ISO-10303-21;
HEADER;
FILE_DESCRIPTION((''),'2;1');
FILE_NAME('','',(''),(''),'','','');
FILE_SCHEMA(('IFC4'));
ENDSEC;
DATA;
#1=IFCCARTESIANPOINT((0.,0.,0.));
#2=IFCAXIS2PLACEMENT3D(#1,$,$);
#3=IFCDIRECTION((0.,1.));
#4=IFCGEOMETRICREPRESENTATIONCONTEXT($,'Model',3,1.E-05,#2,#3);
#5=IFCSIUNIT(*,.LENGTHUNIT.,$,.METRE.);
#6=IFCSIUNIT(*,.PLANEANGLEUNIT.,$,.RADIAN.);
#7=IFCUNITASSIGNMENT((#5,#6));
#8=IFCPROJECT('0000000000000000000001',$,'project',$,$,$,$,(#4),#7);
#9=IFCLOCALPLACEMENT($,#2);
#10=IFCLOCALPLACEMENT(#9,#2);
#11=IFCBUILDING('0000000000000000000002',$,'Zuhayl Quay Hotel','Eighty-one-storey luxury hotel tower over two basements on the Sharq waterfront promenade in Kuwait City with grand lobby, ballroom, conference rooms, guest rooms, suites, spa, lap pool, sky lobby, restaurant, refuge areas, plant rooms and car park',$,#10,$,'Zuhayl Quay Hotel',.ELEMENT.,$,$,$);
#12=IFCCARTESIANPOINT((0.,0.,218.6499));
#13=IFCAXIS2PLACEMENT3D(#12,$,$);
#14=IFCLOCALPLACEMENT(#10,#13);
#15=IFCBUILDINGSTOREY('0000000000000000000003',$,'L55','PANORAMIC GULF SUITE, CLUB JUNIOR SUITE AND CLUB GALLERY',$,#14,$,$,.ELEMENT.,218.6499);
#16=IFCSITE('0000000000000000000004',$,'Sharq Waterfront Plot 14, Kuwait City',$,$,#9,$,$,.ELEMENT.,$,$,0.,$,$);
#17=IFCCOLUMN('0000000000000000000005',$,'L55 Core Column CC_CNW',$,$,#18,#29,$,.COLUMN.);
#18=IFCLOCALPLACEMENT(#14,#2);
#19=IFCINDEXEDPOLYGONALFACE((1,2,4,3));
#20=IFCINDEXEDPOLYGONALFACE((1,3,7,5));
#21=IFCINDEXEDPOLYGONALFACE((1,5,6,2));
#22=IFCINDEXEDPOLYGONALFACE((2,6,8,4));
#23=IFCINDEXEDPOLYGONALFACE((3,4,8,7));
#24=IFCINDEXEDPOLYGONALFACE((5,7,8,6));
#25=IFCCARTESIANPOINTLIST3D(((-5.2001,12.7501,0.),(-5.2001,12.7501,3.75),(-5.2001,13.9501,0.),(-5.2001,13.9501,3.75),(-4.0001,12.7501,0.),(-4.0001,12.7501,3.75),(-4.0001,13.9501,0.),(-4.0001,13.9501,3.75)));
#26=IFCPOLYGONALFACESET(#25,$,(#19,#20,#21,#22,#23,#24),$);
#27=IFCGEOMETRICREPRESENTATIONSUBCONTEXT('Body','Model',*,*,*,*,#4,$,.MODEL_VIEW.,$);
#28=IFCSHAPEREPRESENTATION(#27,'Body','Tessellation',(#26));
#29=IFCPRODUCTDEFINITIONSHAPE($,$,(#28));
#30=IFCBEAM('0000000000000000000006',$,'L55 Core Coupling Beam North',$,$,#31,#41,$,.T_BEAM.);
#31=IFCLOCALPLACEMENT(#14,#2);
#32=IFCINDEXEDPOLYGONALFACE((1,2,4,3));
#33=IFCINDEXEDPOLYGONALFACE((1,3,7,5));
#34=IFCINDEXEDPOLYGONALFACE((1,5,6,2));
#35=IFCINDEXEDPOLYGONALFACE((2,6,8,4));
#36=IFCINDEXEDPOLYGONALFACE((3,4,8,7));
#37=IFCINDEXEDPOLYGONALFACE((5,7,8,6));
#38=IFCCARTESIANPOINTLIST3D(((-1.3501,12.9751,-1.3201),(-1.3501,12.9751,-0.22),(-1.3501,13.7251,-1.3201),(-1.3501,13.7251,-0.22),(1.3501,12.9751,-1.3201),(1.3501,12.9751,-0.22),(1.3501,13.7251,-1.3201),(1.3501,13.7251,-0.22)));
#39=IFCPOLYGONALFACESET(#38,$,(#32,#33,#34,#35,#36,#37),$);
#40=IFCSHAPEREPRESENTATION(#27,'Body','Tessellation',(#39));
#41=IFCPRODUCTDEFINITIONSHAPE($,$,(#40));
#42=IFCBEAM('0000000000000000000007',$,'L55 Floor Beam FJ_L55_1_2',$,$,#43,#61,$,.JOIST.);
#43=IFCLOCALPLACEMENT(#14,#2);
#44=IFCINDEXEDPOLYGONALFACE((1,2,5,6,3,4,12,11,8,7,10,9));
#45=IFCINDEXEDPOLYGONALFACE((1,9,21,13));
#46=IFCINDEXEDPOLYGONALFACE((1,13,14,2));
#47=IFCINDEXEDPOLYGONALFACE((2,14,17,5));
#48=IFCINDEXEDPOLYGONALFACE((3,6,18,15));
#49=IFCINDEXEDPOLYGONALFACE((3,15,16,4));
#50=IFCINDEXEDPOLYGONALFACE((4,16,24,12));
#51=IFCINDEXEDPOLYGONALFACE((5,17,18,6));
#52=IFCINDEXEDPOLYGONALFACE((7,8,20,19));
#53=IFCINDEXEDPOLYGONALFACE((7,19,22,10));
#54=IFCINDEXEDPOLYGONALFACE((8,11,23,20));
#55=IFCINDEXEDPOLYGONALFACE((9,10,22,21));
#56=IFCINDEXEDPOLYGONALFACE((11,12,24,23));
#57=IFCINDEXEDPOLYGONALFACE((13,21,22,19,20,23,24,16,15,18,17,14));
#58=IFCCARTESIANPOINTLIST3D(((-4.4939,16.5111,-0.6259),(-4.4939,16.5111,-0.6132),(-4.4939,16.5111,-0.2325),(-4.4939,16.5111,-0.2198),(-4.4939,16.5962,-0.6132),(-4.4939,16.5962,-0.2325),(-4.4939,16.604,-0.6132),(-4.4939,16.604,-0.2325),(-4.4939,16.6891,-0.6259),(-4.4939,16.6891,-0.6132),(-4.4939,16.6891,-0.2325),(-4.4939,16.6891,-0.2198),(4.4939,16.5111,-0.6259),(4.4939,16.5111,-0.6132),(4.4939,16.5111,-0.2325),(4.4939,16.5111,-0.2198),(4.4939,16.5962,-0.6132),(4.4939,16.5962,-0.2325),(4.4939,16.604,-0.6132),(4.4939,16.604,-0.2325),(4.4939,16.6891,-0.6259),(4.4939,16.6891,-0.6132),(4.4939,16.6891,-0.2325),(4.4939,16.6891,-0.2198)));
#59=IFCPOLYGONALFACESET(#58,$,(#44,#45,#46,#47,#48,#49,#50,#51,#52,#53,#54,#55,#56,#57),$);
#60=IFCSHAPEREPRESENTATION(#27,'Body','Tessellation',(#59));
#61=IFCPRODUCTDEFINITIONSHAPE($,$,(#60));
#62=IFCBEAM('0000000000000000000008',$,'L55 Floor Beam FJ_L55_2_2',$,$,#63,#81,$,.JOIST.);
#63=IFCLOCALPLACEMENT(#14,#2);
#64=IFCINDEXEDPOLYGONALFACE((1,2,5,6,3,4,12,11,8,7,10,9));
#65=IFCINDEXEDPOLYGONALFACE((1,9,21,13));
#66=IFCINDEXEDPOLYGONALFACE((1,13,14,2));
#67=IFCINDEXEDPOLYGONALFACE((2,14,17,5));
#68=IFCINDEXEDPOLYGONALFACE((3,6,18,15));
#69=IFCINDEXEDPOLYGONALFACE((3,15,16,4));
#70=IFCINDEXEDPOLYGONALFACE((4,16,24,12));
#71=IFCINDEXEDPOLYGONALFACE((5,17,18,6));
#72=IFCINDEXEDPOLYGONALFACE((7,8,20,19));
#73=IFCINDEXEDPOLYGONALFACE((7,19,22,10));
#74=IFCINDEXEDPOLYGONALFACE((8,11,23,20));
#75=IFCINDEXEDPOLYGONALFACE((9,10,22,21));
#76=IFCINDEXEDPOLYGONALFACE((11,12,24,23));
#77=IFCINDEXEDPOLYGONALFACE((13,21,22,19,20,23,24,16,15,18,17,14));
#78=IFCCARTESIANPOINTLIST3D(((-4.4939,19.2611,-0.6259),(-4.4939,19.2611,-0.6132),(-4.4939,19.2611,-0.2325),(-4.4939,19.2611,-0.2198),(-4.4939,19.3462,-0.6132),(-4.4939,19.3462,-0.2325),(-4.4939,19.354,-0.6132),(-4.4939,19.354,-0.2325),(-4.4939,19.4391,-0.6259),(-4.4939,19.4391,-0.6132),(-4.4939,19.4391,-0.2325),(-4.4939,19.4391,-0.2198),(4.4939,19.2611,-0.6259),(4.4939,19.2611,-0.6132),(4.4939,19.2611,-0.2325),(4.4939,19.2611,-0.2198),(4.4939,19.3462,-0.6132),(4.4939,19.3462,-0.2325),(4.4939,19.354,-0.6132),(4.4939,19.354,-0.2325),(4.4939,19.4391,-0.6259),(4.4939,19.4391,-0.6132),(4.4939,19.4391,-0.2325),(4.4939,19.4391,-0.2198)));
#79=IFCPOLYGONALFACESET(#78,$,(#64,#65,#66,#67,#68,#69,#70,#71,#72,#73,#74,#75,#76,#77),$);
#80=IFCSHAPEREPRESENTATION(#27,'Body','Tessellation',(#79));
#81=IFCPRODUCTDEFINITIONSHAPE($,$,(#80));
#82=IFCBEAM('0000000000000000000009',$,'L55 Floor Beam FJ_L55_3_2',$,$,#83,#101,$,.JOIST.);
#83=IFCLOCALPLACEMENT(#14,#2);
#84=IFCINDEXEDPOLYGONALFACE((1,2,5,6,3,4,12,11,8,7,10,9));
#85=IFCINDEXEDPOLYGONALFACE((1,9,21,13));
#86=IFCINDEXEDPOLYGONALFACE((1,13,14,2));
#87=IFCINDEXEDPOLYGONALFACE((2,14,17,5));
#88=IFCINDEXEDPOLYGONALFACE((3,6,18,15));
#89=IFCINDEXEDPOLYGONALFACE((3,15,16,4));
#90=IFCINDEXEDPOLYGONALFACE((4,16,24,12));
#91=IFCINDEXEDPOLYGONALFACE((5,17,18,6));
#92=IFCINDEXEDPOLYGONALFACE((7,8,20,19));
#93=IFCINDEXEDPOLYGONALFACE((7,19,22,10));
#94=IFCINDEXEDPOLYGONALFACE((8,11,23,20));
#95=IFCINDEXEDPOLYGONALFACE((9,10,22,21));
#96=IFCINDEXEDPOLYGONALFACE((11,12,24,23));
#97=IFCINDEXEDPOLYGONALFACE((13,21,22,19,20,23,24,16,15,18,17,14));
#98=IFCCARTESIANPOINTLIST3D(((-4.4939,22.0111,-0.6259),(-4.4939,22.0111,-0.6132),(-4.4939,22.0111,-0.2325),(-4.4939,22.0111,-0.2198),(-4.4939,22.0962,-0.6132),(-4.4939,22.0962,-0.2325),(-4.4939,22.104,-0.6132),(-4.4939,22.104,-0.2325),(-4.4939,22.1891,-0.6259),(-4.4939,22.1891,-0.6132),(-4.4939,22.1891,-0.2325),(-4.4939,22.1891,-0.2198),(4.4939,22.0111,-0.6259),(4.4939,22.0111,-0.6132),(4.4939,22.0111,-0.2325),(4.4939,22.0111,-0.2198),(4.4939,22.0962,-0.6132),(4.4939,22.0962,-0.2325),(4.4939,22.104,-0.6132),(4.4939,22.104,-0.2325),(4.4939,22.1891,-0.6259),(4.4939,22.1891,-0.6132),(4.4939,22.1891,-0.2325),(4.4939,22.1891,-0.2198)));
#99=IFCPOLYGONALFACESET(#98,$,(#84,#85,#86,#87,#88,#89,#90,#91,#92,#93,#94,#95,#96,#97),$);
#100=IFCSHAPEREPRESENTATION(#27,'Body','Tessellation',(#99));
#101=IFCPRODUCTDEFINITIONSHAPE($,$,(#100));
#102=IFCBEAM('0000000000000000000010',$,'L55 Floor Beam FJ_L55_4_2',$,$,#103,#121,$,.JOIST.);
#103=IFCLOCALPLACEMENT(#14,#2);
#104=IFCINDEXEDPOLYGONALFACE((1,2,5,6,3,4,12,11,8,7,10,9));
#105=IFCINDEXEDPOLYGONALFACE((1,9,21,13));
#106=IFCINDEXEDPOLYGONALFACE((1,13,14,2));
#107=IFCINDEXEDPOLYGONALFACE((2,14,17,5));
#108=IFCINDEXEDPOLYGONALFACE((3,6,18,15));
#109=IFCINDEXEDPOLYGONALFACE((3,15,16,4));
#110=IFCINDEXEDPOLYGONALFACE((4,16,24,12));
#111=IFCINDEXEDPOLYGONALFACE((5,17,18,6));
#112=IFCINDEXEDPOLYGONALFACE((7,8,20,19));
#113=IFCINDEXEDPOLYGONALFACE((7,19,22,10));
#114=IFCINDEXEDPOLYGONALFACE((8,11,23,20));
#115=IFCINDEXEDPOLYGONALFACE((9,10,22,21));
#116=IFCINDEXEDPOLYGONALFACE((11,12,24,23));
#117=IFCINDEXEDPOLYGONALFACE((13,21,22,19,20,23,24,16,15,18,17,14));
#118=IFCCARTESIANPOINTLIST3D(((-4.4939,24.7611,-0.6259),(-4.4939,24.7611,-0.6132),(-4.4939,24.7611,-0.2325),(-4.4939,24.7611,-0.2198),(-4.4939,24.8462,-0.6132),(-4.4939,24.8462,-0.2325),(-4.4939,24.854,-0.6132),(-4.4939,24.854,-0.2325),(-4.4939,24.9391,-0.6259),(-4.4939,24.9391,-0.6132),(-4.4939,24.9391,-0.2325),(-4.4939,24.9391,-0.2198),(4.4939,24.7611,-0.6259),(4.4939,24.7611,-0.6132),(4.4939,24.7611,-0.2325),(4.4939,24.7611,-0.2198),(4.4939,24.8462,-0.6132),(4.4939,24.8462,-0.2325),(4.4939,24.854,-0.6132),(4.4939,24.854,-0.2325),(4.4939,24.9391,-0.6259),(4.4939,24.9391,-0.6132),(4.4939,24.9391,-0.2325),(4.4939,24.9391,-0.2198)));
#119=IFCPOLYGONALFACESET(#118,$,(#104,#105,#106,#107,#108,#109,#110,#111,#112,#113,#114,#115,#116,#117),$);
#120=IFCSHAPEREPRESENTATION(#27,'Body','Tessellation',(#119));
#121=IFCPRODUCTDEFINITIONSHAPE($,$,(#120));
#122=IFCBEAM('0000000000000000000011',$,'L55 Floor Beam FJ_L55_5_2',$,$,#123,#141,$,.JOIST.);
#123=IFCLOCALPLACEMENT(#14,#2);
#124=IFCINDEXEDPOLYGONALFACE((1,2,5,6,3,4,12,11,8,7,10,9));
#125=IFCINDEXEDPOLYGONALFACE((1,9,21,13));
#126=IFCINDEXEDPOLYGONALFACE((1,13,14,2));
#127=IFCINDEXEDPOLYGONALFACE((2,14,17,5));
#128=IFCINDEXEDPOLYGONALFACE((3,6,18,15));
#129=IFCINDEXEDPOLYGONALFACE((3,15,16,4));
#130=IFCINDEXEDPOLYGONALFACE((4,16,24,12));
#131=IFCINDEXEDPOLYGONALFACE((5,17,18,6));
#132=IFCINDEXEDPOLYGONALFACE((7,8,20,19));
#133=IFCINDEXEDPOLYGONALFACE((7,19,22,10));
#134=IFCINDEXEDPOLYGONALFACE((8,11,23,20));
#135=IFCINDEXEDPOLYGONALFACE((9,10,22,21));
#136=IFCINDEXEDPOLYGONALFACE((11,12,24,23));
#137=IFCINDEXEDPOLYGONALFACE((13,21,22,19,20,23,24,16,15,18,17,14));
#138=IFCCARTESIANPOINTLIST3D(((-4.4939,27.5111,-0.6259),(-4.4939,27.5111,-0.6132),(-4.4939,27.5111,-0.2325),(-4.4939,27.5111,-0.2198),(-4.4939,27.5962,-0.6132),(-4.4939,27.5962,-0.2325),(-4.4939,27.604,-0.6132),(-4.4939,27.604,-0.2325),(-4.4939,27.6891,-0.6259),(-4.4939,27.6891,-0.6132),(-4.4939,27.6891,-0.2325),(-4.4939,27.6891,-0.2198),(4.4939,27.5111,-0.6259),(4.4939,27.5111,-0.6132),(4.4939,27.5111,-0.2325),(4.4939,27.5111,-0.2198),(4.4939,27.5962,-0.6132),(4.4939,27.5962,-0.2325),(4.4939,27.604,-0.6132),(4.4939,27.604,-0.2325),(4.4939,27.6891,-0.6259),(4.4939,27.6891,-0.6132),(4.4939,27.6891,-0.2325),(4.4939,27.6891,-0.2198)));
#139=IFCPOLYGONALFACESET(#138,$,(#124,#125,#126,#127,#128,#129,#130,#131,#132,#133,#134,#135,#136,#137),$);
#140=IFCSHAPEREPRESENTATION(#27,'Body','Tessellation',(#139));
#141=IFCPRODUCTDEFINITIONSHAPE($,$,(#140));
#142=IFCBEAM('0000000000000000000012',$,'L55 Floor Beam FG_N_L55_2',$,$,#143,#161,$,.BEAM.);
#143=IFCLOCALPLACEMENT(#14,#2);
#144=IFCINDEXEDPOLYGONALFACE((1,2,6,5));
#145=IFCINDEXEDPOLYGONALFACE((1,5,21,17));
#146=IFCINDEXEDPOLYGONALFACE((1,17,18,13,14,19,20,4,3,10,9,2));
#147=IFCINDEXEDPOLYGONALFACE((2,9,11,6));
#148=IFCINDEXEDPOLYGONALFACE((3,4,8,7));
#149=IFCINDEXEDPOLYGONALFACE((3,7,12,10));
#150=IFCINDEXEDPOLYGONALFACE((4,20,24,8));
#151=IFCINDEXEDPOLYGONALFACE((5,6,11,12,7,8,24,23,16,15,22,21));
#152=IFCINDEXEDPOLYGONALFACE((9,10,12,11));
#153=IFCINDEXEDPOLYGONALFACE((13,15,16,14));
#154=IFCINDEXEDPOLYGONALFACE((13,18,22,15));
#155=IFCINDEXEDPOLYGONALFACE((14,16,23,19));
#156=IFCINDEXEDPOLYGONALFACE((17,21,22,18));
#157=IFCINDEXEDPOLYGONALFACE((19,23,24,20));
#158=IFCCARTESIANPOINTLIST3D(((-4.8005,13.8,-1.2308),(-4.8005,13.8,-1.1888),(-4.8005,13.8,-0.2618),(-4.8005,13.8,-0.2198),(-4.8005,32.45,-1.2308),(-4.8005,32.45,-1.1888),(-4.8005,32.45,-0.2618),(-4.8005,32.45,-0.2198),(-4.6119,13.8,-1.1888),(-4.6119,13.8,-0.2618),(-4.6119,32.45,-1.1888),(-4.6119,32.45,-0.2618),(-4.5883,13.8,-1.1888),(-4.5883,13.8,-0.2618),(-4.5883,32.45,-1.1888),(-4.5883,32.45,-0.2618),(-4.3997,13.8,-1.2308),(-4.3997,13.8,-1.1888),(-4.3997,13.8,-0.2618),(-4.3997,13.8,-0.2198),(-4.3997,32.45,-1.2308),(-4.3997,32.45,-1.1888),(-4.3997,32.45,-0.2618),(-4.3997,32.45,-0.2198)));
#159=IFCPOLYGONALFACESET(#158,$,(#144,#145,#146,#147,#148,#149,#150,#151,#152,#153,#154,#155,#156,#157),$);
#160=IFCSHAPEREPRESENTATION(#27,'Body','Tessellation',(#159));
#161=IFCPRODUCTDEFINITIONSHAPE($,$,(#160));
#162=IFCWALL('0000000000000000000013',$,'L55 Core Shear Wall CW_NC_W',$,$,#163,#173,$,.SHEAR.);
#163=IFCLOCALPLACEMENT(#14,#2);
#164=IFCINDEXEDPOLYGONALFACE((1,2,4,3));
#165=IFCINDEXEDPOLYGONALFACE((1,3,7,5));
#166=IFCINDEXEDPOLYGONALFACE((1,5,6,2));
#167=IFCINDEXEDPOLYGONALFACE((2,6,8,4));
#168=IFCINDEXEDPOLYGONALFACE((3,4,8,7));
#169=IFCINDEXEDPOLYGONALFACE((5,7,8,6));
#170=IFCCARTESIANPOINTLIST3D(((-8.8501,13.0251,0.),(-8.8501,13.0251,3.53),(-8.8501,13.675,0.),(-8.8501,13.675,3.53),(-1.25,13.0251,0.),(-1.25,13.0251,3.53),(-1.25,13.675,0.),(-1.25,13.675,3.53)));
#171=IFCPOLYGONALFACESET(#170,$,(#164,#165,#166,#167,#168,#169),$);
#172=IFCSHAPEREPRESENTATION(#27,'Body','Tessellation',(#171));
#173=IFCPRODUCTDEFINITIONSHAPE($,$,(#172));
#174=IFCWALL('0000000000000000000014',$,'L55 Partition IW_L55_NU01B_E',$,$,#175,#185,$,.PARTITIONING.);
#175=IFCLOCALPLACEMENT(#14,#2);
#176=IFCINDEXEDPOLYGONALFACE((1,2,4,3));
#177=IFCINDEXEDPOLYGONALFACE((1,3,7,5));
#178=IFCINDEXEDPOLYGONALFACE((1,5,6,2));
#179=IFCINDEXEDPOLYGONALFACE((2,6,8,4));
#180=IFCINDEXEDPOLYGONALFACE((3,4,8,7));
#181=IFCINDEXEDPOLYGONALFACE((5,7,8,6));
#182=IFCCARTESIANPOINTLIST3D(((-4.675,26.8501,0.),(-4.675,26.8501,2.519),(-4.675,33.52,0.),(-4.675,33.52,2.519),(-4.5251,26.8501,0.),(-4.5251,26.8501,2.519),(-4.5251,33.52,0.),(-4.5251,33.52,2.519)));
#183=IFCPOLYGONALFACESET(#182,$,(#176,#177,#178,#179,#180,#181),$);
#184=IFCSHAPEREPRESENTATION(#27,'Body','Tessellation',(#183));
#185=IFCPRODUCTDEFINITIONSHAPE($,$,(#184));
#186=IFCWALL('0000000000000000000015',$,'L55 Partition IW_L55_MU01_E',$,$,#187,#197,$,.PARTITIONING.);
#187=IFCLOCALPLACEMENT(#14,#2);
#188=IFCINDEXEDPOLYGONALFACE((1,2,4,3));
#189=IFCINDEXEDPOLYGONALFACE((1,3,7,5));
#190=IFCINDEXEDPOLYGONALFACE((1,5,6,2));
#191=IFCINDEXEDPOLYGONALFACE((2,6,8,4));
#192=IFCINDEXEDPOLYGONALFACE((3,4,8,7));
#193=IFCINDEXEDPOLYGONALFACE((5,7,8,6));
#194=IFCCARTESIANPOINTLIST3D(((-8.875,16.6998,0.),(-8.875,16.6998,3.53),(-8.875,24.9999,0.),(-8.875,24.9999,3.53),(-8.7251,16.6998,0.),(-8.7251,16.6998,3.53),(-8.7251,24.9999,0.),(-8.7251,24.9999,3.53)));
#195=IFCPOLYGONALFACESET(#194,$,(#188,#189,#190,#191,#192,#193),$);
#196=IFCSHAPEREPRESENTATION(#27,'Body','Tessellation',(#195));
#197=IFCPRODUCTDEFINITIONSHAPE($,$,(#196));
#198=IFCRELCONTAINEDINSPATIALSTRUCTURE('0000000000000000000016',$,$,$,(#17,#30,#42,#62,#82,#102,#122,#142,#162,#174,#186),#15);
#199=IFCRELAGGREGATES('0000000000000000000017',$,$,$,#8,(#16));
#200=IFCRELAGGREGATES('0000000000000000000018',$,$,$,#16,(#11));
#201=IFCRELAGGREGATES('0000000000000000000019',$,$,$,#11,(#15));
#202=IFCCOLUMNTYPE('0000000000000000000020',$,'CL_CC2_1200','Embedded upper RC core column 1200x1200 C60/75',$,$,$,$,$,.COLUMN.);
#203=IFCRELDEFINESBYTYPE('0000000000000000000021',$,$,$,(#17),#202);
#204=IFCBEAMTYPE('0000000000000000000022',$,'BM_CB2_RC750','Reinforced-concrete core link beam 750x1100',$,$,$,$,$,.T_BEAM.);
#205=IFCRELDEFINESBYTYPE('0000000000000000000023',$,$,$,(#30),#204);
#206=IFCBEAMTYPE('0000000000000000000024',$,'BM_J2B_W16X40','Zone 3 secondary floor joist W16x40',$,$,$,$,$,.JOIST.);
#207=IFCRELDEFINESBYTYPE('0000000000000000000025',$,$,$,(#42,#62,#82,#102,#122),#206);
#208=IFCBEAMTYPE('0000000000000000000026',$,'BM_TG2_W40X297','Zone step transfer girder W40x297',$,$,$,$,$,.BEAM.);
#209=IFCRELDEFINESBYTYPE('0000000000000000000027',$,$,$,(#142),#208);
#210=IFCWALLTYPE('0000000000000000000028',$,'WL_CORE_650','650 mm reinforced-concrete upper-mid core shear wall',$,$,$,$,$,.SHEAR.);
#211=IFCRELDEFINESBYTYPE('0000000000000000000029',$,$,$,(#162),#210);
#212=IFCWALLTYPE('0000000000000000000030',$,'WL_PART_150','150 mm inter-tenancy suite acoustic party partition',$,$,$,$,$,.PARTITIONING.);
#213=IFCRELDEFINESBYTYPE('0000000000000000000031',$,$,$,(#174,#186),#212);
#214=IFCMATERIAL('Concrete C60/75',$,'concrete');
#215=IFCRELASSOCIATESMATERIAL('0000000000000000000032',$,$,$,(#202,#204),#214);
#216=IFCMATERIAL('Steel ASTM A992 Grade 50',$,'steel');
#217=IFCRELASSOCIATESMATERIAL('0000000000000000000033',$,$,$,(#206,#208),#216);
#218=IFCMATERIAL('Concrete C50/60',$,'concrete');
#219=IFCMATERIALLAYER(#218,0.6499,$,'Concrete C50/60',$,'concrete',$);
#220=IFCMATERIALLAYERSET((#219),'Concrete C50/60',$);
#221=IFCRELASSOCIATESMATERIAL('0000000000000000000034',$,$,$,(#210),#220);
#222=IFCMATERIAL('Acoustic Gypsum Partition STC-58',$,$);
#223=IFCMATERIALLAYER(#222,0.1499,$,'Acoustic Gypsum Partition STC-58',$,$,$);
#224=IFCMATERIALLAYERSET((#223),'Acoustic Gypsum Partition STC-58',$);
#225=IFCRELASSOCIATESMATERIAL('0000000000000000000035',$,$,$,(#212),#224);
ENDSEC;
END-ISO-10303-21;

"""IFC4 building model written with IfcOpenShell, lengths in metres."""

from ifc_helpers import new_model, si_unit, direction, frame, frame_2d, origin, origin_2d, place, context, subcontext, project, spatial, rectangle, i_section, extrude, material, layer, layer_set, material_profile, profile_set, type_object, element, save


model = new_model("IFC4")

# Units and contexts
model_context = context("Model", 3, precision=1e-05, world=origin(), true_north=direction((0.0, 1.0)))
body_context = subcontext(model_context, "Body", "Model", "MODEL_VIEW")
ifc_project = project(units=[si_unit("LENGTHUNIT", "METRE"), si_unit("PLANEANGLEUNIT", "RADIAN")], contexts=[model_context])

# Site, building, storey
site_placement = place(None, origin())
site = spatial("IfcSite", under=ifc_project, at=site_placement, Name="Sharq Waterfront Plot 14, Kuwait City", CompositionType="ELEMENT", RefElevation=0.0)
building_placement = place(site_placement, origin())
building = spatial("IfcBuilding", under=site, at=building_placement, Name="Zuhayl Quay Hotel", Description="Eighty-one-storey luxury hotel tower over two basements on the Sharq waterfront promenade in Kuwait City with grand lobby, ballroom, conference rooms, guest rooms, suites, spa, lap pool, sky lobby, restaurant, refuge areas, plant rooms and car park", LongName="Zuhayl Quay Hotel", CompositionType="ELEMENT")
storey_placement = place(building_placement, frame((0.0, 0.0, 218.6499)))
storey = spatial("IfcBuildingStorey", under=building, at=storey_placement, Name="L55", Description="PANORAMIC GULF SUITE, CLUB JUNIOR SUITE AND CLUB GALLERY", CompositionType="ELEMENT", Elevation=218.6499)

# Column
ifc_material_1 = material(Name="Concrete C60/75", Category="concrete")
ifc_material_profile_1 = material_profile(ifc_material_1, rectangle(XDim=1.2, YDim=1.2, at=origin_2d()), Name="RC1200X1200")
ifc_profile_set_1 = profile_set([ifc_material_profile_1], Name="Concrete C60/75")
column_type = type_object("IfcColumnType", Name="CL_CC2_1200", Description="Embedded upper RC core column 1200x1200 C60/75", PredefinedType="COLUMN", material=ifc_profile_set_1)
column_placement = place(storey_placement, frame((-4.6001, 13.3501, 0.0), z_axis=(0.0, 0.0, 1.0), x_axis=(1.0, 0.0, 0.0)))
element("IfcColumn", 1, at=column_placement, inside=storey, type_object=column_type, Name="L55 Core Column CC_CNW", PredefinedType="COLUMN", context=body_context, shape_type="SweptSolid", body=[
    extrude(rectangle(XDim=1.2, YDim=1.2, at=origin_2d()), origin(), (0.0, 0.0, 1.0), 3.75),
])

# Beams
ifc_material_profile_2 = material_profile(ifc_material_1, rectangle(XDim=0.75, YDim=1.1001, at=origin_2d()), Name="RC750X1100")
ifc_profile_set_2 = profile_set([ifc_material_profile_2], Name="Concrete C60/75")
beam_type_1 = type_object("IfcBeamType", Name="BM_CB2_RC750", Description="Reinforced-concrete core link beam 750x1100", PredefinedType="T_BEAM", material=ifc_profile_set_2)
beam_1_placement = place(storey_placement, frame((-1.3501, 13.3501, -0.77), z_axis=(1.0, 0.0, 0.0), x_axis=(0.0, 1.0, 0.0)))
element("IfcBeam", 2, at=beam_1_placement, inside=storey, type_object=beam_type_1, Name="L55 Core Coupling Beam North", PredefinedType="T_BEAM", context=body_context, shape_type="SweptSolid", body=[
    extrude(rectangle(XDim=0.75, YDim=1.1001, at=origin_2d()), origin(), (0.0, 0.0, 1.0), 2.7002),
])
ifc_material_2 = material(Name="Steel ASTM A992 Grade 50", Category="steel")
ifc_material_profile_3 = material_profile(ifc_material_2, i_section(OverallWidth=0.178, OverallDepth=0.406, WebThickness=0.0078, FlangeThickness=0.0127, at=origin_2d()), Name="W16X40")
ifc_profile_set_3 = profile_set([ifc_material_profile_3], Name="Steel ASTM A992 Grade 50")
beam_type_2 = type_object("IfcBeamType", Name="BM_J2B_W16X40", Description="Zone 3 secondary floor joist W16x40", PredefinedType="JOIST", material=ifc_profile_set_3)
for number, where, z_axis, x_axis, name in (
    (3, (-4.4939, 16.6001, -0.4229), (1.0, 0.0, 0.0), (0.0, 1.0, 0.0), "L55 Floor Beam FJ_L55_1_2"),
    (4, (-4.4939, 19.3501, -0.4229), (1.0, 0.0, 0.0), (0.0, 1.0, 0.0), "L55 Floor Beam FJ_L55_2_2"),
    (5, (-4.4939, 22.1001, -0.4229), (1.0, 0.0, 0.0), (0.0, 1.0, 0.0), "L55 Floor Beam FJ_L55_3_2"),
    (6, (-4.4939, 24.8501, -0.4229), (1.0, 0.0, 0.0), (0.0, 1.0, 0.0), "L55 Floor Beam FJ_L55_4_2"),
    (7, (-4.4939, 27.6001, -0.4229), (1.0, 0.0, 0.0), (0.0, 1.0, 0.0), "L55 Floor Beam FJ_L55_5_2"),
):
    element("IfcBeam", number, at=place(storey_placement, frame(where, z_axis=z_axis, x_axis=x_axis)), inside=storey, type_object=beam_type_2, Name=name, PredefinedType="JOIST", context=body_context, shape_type="SweptSolid", body=[
        extrude(i_section(OverallWidth=0.178, OverallDepth=0.406, WebThickness=0.0078, FlangeThickness=0.0127, at=origin_2d()), origin(), (0.0, 0.0, 1.0), 8.9878),
    ])
ifc_material_profile_4 = material_profile(ifc_material_2, i_section(OverallWidth=0.4009, OverallDepth=1.011, WebThickness=0.0237, FlangeThickness=0.042, at=origin_2d()), Name="W40X297")
ifc_profile_set_4 = profile_set([ifc_material_profile_4], Name="Steel ASTM A992 Grade 50")
beam_type_3 = type_object("IfcBeamType", Name="BM_TG2_W40X297", Description="Zone step transfer girder W40x297", PredefinedType="BEAM", material=ifc_profile_set_4)
beam_2_placement = place(storey_placement, frame((-4.6001, 13.8, -0.7253), z_axis=(0.0, 1.0, 0.0), x_axis=(-1.0, 0.0, 0.0)))
element("IfcBeam", 8, at=beam_2_placement, inside=storey, type_object=beam_type_3, Name="L55 Floor Beam FG_N_L55_2", PredefinedType="BEAM", context=body_context, shape_type="SweptSolid", body=[
    extrude(i_section(OverallWidth=0.4009, OverallDepth=1.011, WebThickness=0.0237, FlangeThickness=0.042, at=origin_2d()), origin(), (0.0, 0.0, 1.0), 18.6499),
])

# Walls
ifc_material_3 = material(Name="Concrete C50/60", Category="concrete")
ifc_layer_1 = layer(ifc_material_3, 0.6499, Name="Concrete C50/60", Category="concrete")
ifc_layer_set_1 = layer_set([ifc_layer_1], Name="Concrete C50/60")
wall_type_1 = type_object("IfcWallType", Name="WL_CORE_650", Description="650 mm reinforced-concrete upper-mid core shear wall", PredefinedType="SHEAR", material=ifc_layer_set_1)
wall_1_placement = place(storey_placement, frame((-8.8501, 13.3501, 0.0), z_axis=(0.0, 0.0, 1.0), x_axis=(1.0, 0.0, 0.0)))
element("IfcWall", 9, at=wall_1_placement, inside=storey, type_object=wall_type_1, Name="L55 Core Shear Wall CW_NC_W", PredefinedType="SHEAR", context=body_context, shape_type="SweptSolid", body=[
    extrude(rectangle(XDim=7.6001, YDim=0.6499, at=frame_2d((3.8, 0.0))), origin(), (0.0, 0.0, 1.0), 3.53),
])
ifc_material_4 = material(Name="Acoustic Gypsum Partition STC-58")
ifc_layer_2 = layer(ifc_material_4, 0.1499, Name="Acoustic Gypsum Partition STC-58")
ifc_layer_set_2 = layer_set([ifc_layer_2], Name="Acoustic Gypsum Partition STC-58")
wall_type_2 = type_object("IfcWallType", Name="WL_PART_150", Description="150 mm inter-tenancy suite acoustic party partition", PredefinedType="PARTITIONING", material=ifc_layer_set_2)
wall_2_placement = place(storey_placement, frame((-4.6001, 26.8501, 0.0), z_axis=(0.0, 0.0, 1.0), x_axis=(0.0, 1.0, 0.0)))
element("IfcWall", 10, at=wall_2_placement, inside=storey, type_object=wall_type_2, Name="L55 Partition IW_L55_NU01B_E", PredefinedType="PARTITIONING", context=body_context, shape_type="SweptSolid", body=[
    extrude(rectangle(XDim=6.6699, YDim=0.1499, at=frame_2d((3.335, 0.0))), origin(), (0.0, 0.0, 1.0), 2.519),
])
wall_3_placement = place(storey_placement, frame((-8.8, 16.7, 0.0), z_axis=(0.0, 0.0, 1.0), x_axis=(0.0, 1.0, 0.0)))
element("IfcWall", 11, at=wall_3_placement, inside=storey, type_object=wall_type_2, Name="L55 Partition IW_L55_MU01_E", PredefinedType="PARTITIONING", context=body_context, shape_type="SweptSolid", body=[
    extrude(rectangle(XDim=8.3, YDim=0.1499, at=frame_2d((4.1499, 0.0))), origin(), (0.0, 0.0, 1.0), 3.53),
])

save(model, "model.ifc")
